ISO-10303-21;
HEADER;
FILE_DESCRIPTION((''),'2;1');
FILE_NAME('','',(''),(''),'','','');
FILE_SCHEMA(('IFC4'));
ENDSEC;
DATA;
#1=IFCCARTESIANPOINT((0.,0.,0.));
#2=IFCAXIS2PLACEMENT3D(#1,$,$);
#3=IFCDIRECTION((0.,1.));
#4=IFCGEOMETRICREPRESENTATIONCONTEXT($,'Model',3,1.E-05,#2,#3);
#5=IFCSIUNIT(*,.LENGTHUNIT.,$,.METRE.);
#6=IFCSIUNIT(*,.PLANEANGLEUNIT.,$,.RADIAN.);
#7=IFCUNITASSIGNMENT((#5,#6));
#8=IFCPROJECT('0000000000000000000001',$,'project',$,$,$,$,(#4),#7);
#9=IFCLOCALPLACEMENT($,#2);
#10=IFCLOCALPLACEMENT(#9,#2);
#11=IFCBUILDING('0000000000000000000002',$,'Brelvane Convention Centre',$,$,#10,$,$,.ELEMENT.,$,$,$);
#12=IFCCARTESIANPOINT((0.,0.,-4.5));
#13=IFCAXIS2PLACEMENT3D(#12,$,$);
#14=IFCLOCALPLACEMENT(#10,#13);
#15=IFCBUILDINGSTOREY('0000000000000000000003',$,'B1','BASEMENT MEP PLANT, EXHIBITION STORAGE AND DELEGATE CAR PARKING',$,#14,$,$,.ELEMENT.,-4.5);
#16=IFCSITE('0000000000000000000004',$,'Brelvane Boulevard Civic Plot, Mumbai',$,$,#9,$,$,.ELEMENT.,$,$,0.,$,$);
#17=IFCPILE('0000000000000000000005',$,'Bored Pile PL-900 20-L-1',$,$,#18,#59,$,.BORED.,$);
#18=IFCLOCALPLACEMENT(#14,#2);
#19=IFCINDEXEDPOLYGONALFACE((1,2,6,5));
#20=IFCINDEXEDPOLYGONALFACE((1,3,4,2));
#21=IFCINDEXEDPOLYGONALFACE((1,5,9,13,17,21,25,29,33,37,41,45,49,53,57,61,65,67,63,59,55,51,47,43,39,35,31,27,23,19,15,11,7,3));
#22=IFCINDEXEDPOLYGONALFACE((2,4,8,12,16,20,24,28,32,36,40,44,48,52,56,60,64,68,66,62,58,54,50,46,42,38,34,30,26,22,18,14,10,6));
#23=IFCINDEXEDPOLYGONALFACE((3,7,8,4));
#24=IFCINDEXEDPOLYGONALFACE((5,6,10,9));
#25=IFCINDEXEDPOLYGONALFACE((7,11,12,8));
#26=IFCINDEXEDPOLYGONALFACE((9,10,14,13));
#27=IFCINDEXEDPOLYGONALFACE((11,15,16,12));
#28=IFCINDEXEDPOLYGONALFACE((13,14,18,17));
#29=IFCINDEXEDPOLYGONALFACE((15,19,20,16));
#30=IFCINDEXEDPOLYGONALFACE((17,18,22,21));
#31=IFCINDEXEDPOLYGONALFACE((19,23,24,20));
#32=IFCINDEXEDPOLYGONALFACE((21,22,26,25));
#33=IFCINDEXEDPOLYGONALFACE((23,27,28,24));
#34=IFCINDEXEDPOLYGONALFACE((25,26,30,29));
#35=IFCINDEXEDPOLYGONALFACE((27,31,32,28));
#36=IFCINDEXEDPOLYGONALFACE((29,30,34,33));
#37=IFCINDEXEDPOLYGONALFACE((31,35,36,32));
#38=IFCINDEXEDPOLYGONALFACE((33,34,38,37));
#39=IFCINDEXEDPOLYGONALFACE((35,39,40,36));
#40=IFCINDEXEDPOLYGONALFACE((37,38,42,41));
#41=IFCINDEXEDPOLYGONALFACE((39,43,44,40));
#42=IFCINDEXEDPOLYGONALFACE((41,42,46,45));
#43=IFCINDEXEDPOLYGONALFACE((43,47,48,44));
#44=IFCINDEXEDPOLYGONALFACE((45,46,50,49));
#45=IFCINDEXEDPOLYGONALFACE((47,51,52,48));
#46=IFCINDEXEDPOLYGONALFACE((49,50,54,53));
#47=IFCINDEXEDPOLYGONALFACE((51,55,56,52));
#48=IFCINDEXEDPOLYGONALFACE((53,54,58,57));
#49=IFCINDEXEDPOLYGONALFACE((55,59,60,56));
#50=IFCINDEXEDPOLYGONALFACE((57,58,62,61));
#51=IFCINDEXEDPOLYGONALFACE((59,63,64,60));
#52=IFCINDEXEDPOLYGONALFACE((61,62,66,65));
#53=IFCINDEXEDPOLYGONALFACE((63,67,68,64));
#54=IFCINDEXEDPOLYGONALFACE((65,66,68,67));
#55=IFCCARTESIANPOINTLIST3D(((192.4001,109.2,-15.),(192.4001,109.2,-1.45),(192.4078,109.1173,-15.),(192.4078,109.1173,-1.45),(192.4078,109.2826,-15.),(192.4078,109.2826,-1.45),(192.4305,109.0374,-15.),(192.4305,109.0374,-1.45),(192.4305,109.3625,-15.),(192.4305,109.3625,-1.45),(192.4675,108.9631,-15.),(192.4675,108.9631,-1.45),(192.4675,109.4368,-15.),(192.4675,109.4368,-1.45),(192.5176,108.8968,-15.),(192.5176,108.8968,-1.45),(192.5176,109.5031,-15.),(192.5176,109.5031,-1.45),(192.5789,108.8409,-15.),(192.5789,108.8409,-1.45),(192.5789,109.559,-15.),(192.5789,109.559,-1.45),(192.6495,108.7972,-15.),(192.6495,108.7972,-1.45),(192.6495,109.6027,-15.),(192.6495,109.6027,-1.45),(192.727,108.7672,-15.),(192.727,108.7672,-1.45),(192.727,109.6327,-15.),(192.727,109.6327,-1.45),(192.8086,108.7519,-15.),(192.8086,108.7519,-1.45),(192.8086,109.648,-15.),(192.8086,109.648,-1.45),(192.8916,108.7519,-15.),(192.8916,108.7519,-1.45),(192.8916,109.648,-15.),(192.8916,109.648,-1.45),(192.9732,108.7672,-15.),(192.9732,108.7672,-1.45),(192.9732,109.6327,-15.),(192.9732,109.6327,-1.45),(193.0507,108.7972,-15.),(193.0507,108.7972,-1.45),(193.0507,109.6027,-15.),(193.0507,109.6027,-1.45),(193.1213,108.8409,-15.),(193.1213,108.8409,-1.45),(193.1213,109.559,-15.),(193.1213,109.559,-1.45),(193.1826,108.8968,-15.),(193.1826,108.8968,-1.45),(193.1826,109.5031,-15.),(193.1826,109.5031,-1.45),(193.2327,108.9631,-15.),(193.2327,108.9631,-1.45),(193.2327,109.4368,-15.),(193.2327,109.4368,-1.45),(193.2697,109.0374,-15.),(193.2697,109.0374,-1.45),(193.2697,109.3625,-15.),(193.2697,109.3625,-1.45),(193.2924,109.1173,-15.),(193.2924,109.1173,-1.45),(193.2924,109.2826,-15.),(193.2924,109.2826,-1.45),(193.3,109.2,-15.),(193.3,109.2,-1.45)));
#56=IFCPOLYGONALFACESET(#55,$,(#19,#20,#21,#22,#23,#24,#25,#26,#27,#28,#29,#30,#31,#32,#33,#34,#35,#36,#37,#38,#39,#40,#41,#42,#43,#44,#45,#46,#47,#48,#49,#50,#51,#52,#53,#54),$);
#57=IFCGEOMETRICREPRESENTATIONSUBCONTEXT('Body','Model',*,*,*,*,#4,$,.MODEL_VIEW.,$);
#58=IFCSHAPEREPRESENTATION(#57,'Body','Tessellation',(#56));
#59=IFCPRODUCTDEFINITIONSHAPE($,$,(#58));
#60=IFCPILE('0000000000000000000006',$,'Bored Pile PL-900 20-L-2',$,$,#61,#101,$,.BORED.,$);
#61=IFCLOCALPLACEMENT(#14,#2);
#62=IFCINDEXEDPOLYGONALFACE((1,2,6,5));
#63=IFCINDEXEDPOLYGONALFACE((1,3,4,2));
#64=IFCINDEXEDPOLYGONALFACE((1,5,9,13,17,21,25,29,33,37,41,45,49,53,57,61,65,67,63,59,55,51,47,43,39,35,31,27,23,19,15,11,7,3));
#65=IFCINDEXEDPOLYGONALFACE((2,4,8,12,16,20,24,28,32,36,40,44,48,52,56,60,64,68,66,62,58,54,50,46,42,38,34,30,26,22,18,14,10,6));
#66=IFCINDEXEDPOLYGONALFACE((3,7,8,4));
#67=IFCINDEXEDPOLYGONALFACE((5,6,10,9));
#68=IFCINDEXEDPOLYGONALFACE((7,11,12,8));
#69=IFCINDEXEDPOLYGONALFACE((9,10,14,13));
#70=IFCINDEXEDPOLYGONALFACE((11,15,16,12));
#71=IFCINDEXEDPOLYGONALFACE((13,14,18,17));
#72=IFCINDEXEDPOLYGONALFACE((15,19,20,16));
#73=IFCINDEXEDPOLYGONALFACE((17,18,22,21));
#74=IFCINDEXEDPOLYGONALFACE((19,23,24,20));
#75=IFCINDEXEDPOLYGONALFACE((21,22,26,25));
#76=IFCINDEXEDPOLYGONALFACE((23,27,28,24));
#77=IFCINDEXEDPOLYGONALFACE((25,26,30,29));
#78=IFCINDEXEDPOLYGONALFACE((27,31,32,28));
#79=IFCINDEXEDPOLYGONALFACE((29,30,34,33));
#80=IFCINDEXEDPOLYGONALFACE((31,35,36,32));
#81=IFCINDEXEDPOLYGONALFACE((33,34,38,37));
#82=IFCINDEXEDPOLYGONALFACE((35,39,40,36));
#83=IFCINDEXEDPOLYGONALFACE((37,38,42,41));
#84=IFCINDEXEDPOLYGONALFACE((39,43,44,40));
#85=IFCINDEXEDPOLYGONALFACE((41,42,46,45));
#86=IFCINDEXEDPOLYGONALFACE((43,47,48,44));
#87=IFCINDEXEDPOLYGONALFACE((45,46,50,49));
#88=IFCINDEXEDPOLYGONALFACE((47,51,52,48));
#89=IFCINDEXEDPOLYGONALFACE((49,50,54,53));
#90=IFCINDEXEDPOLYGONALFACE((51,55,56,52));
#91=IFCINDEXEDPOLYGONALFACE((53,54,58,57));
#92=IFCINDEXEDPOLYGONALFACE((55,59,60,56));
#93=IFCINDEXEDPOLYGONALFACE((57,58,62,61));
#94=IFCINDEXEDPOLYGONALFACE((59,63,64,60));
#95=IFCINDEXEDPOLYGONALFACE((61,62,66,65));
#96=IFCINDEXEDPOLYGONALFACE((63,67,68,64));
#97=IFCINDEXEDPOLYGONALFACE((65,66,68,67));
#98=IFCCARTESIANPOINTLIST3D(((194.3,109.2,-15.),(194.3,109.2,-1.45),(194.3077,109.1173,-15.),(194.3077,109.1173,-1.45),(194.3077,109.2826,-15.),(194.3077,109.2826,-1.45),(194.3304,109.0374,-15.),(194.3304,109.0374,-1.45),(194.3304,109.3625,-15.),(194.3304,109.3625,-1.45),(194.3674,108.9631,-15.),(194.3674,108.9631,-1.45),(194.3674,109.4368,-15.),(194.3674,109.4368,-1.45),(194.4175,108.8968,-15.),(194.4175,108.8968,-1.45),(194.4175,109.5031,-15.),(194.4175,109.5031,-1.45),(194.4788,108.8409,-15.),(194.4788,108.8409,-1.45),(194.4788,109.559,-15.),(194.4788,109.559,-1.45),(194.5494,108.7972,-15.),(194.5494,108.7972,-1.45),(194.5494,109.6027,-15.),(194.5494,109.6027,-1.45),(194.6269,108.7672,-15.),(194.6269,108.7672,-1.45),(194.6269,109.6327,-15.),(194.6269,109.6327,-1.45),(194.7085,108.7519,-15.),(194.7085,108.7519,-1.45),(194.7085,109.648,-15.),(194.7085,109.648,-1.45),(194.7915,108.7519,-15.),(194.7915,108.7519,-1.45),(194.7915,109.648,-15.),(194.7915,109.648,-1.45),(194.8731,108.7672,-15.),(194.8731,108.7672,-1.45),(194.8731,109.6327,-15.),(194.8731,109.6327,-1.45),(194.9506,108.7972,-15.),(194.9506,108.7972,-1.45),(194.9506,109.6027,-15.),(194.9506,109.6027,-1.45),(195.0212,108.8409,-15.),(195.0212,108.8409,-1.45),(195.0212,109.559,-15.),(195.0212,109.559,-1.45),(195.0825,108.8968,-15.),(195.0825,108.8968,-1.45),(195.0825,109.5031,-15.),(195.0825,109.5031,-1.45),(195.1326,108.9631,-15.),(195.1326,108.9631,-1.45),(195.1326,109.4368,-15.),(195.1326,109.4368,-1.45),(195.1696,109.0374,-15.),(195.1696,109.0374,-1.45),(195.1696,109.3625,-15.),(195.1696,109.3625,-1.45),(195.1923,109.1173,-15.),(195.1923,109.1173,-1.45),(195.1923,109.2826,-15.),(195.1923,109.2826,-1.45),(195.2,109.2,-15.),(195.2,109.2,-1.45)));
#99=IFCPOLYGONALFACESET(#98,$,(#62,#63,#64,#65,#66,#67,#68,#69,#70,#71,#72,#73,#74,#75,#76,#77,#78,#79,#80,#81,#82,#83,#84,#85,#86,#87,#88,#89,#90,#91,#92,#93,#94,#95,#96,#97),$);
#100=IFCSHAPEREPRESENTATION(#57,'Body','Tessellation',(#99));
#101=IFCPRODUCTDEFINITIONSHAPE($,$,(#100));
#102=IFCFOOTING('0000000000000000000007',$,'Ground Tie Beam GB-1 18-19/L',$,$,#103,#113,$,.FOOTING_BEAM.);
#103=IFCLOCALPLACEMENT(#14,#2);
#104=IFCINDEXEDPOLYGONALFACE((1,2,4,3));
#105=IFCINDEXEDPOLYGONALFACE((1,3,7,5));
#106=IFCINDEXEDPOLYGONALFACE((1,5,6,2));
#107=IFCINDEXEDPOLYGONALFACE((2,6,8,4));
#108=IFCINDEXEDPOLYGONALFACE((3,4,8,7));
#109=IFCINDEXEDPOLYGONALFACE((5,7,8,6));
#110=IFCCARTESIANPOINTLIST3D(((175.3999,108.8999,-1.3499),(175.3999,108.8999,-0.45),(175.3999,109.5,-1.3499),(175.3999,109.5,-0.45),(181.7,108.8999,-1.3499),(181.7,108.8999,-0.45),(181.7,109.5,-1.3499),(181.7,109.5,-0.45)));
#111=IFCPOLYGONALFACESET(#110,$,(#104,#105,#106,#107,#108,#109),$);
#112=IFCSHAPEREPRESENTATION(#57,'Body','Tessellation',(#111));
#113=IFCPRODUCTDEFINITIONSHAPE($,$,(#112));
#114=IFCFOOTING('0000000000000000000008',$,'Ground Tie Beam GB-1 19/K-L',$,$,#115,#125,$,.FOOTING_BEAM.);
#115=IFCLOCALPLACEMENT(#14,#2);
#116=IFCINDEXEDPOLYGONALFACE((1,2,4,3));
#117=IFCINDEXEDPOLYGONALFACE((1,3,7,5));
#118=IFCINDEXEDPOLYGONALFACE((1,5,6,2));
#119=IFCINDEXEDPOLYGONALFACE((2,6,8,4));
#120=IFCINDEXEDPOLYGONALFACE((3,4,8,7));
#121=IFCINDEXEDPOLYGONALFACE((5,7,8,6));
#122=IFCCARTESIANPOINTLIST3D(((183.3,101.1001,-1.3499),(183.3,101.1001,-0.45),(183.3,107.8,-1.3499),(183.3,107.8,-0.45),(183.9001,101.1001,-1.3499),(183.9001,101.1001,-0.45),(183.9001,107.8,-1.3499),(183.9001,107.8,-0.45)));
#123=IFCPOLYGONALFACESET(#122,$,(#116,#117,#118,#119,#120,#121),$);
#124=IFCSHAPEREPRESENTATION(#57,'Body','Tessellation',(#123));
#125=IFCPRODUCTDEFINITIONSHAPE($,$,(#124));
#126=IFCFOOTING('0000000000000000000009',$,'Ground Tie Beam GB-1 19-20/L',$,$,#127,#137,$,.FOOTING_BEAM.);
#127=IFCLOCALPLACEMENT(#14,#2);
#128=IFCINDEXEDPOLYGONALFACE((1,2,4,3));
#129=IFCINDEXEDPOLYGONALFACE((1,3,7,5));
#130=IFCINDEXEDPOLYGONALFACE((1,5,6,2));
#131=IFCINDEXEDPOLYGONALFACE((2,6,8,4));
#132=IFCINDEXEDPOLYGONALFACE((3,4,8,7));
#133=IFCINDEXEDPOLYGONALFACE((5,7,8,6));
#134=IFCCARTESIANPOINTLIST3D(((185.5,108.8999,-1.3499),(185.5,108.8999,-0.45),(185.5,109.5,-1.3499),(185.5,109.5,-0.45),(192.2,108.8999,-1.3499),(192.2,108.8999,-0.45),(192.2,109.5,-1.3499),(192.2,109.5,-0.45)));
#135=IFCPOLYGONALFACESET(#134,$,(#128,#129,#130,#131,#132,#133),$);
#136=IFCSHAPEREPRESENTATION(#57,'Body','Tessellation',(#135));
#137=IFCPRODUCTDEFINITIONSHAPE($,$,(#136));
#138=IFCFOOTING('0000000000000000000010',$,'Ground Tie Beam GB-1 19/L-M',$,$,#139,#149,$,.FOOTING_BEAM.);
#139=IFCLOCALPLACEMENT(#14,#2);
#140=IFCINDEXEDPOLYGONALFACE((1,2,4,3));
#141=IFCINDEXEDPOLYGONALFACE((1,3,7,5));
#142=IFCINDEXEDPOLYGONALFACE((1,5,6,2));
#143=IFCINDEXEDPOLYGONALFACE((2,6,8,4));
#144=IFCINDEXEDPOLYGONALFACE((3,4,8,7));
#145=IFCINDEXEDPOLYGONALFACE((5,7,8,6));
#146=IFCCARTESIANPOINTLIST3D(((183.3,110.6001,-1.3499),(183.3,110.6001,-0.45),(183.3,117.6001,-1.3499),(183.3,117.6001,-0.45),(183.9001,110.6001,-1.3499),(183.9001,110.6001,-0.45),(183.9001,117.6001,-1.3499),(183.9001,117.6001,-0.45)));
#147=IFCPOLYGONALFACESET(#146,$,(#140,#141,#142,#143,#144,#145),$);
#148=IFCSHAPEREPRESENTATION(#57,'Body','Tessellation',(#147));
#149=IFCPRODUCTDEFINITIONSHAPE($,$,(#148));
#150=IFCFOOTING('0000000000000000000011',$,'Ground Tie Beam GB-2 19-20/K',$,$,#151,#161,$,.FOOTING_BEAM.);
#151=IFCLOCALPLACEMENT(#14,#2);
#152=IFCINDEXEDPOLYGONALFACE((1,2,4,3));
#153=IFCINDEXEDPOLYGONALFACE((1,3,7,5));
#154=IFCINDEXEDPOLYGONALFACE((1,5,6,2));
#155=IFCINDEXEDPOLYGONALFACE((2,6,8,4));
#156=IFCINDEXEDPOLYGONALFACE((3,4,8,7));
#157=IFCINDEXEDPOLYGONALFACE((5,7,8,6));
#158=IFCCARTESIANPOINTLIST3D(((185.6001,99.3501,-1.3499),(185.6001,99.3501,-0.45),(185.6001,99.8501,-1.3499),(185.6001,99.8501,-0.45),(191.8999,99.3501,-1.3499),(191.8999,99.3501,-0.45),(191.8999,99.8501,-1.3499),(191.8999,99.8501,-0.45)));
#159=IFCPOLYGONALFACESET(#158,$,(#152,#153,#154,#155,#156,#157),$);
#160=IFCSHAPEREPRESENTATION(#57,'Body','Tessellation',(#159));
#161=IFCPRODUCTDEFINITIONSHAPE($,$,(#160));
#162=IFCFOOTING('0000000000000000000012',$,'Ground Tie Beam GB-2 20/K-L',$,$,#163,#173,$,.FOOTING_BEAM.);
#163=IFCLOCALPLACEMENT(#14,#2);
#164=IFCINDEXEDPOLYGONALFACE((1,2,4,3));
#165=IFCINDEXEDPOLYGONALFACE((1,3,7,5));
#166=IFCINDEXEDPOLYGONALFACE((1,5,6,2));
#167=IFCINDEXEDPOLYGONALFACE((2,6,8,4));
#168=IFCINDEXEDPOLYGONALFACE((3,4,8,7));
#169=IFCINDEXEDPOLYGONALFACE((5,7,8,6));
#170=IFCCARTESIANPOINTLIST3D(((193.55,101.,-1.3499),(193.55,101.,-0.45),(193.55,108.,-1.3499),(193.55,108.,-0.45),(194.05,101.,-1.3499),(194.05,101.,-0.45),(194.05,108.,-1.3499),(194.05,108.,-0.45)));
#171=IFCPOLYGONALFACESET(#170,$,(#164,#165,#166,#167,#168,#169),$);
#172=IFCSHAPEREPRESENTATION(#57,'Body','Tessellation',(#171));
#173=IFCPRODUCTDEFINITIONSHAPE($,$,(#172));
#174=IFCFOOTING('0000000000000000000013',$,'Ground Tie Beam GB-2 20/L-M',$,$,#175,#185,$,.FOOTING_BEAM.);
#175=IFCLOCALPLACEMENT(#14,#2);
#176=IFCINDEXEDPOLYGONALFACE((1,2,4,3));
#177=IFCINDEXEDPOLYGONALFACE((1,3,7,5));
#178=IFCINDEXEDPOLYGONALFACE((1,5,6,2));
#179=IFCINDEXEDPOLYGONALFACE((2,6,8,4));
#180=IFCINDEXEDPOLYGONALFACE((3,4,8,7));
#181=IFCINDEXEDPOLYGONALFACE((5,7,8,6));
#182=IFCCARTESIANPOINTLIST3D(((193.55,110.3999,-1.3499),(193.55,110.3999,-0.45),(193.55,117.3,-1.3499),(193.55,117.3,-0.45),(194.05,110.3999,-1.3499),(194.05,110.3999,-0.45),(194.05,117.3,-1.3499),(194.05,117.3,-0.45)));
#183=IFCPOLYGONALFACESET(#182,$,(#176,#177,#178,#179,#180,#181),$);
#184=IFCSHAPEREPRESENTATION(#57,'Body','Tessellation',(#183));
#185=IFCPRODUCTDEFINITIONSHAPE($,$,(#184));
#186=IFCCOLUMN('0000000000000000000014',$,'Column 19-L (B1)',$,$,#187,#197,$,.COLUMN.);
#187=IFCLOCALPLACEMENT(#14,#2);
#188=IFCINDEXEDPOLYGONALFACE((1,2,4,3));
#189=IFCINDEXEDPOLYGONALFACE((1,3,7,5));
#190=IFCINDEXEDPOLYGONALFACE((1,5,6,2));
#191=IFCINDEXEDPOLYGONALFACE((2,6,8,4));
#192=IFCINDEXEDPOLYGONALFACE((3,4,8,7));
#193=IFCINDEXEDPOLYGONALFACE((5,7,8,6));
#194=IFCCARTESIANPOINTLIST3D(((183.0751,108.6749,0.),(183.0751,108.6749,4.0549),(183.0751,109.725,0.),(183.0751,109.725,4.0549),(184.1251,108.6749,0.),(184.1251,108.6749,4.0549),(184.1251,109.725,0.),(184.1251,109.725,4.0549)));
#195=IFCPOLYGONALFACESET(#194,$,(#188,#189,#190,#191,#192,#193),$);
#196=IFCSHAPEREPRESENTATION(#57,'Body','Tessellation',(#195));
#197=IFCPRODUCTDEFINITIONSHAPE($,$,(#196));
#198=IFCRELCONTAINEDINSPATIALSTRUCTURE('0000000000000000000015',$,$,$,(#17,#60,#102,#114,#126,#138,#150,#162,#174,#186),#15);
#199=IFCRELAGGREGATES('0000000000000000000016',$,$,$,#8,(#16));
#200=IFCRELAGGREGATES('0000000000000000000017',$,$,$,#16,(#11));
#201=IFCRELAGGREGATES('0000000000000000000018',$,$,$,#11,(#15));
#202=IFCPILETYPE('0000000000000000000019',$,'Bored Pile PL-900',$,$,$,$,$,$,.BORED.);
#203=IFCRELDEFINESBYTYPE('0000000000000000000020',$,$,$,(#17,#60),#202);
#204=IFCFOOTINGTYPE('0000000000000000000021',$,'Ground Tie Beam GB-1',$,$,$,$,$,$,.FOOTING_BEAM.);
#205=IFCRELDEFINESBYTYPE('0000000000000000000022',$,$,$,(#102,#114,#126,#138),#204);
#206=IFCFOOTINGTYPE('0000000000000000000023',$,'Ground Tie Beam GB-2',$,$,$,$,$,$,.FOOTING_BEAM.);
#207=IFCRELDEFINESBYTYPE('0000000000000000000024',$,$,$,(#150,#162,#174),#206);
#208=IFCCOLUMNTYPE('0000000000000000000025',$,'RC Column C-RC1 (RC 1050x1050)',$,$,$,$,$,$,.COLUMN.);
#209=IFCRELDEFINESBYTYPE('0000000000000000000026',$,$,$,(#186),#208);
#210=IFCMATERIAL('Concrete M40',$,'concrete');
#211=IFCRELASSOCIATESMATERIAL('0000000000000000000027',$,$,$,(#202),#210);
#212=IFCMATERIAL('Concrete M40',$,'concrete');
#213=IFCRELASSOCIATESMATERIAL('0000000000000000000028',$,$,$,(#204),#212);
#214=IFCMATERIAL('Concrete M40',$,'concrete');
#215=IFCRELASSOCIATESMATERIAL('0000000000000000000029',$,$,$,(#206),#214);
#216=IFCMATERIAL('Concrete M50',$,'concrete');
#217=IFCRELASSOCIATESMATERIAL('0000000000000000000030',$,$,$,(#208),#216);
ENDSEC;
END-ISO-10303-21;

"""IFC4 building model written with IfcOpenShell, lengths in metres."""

from ifc_helpers import new_model, si_unit, direction, frame, origin, origin_2d, place, context, subcontext, project, spatial, rectangle, circle, extrude, material, material_profile, profile_set, type_object, element, save


model = new_model("IFC4")

# Units and contexts
model_context = context("Model", 3, precision=1e-05, world=origin(), true_north=direction((0.0, 1.0)))
body_context = subcontext(model_context, "Body", "Model", "MODEL_VIEW")
ifc_project = project(units=[si_unit("LENGTHUNIT", "METRE"), si_unit("PLANEANGLEUNIT", "RADIAN")], contexts=[model_context])

# Site, building, storey
site_placement = place(None, origin())
site = spatial("IfcSite", under=ifc_project, at=site_placement, Name="Brelvane Boulevard Civic Plot, Mumbai", CompositionType="ELEMENT", RefElevation=0.0)
building_placement = place(site_placement, origin())
building = spatial("IfcBuilding", under=site, at=building_placement, Name="Brelvane Convention Centre", CompositionType="ELEMENT")
storey_placement = place(building_placement, frame((0.0, 0.0, -4.5)))
storey = spatial("IfcBuildingStorey", under=building, at=storey_placement, Name="B1", Description="BASEMENT MEP PLANT, EXHIBITION STORAGE AND DELEGATE CAR PARKING", CompositionType="ELEMENT", Elevation=-4.5)

# Piles
ifc_material_1 = material(Name="Concrete M40", Category="concrete")
ifc_material_profile_1 = material_profile(ifc_material_1, circle(Radius=0.45, at=origin_2d()), Name="PILE D900")
ifc_profile_set_1 = profile_set([ifc_material_profile_1], Name="Concrete M40")
pile_type = type_object("IfcPileType", Name="Bored Pile PL-900", PredefinedType="BORED", material=ifc_profile_set_1)
for number, where, z_axis, x_axis, name in (
    (1, (192.8501, 109.2, -1.45), (0.0, 0.0, -1.0), (1.0, 0.0, 0.0), "Bored Pile PL-900 20-L-1"),
    (2, (194.75, 109.2, -1.45), (0.0, 0.0, -1.0), (1.0, 0.0, 0.0), "Bored Pile PL-900 20-L-2"),
):
    element("IfcPile", number, at=place(storey_placement, frame(where, z_axis=z_axis, x_axis=x_axis)), inside=storey, type_object=pile_type, Name=name, PredefinedType="BORED", context=body_context, shape_type="SweptSolid", body=[
        extrude(circle(Radius=0.45, at=origin_2d()), origin(), (0.0, 0.0, 1.0), 13.55),
    ])

# Footings
ifc_material_2 = material(Name="Concrete M40", Category="concrete")
ifc_material_profile_2 = material_profile(ifc_material_2, rectangle(XDim=0.6001, YDim=0.8999, at=origin_2d()), Name="RC 600x900")
ifc_profile_set_2 = profile_set([ifc_material_profile_2], Name="Concrete M40")
footing_type_1 = type_object("IfcFootingType", Name="Ground Tie Beam GB-1", PredefinedType="FOOTING_BEAM", material=ifc_profile_set_2)
footing_1_placement = place(storey_placement, frame((175.3999, 109.2, -0.8999), z_axis=(1.0, 0.0, 0.0), x_axis=(0.0, 1.0, 0.0)))
element("IfcFooting", 3, at=footing_1_placement, inside=storey, type_object=footing_type_1, Name="Ground Tie Beam GB-1 18-19/L", PredefinedType="FOOTING_BEAM", context=body_context, shape_type="SweptSolid", body=[
    extrude(rectangle(XDim=0.6001, YDim=0.8999, at=origin_2d()), origin(), (0.0, 0.0, 1.0), 6.3),
])
for number, where, z_axis, x_axis, name in (
    (4, (183.6001, 101.1001, -0.8999), (0.0, 1.0, 0.0), (-1.0, 0.0, 0.0), "Ground Tie Beam GB-1 19/K-L"),
    (5, (185.5, 109.2, -0.8999), (1.0, 0.0, 0.0), (0.0, 1.0, 0.0), "Ground Tie Beam GB-1 19-20/L"),
):
    element("IfcFooting", number, at=place(storey_placement, frame(where, z_axis=z_axis, x_axis=x_axis)), inside=storey, type_object=footing_type_1, Name=name, PredefinedType="FOOTING_BEAM", context=body_context, shape_type="SweptSolid", body=[
        extrude(rectangle(XDim=0.6001, YDim=0.8999, at=origin_2d()), origin(), (0.0, 0.0, 1.0), 6.7),
    ])
footing_2_placement = place(storey_placement, frame((183.6001, 110.6001, -0.8999), z_axis=(0.0, 1.0, 0.0), x_axis=(-1.0, 0.0, 0.0)))
element("IfcFooting", 6, at=footing_2_placement, inside=storey, type_object=footing_type_1, Name="Ground Tie Beam GB-1 19/L-M", PredefinedType="FOOTING_BEAM", context=body_context, shape_type="SweptSolid", body=[
    extrude(rectangle(XDim=0.6001, YDim=0.8999, at=origin_2d()), origin(), (0.0, 0.0, 1.0), 7.0),
])
ifc_material_3 = material(Name="Concrete M40", Category="concrete")
ifc_material_profile_3 = material_profile(ifc_material_3, rectangle(XDim=0.5, YDim=0.8999, at=origin_2d()), Name="RC 500x900")
ifc_profile_set_3 = profile_set([ifc_material_profile_3], Name="Concrete M40")
footing_type_2 = type_object("IfcFootingType", Name="Ground Tie Beam GB-2", PredefinedType="FOOTING_BEAM", material=ifc_profile_set_3)
footing_3_placement = place(storey_placement, frame((185.6001, 99.6001, -0.8999), z_axis=(1.0, 0.0, 0.0), x_axis=(0.0, 1.0, 0.0)))
element("IfcFooting", 7, at=footing_3_placement, inside=storey, type_object=footing_type_2, Name="Ground Tie Beam GB-2 19-20/K", PredefinedType="FOOTING_BEAM", context=body_context, shape_type="SweptSolid", body=[
    extrude(rectangle(XDim=0.5, YDim=0.8999, at=origin_2d()), origin(), (0.0, 0.0, 1.0), 6.2998),
])
footing_4_placement = place(storey_placement, frame((193.8, 101.0, -0.8999), z_axis=(0.0, 1.0, 0.0), x_axis=(-1.0, 0.0, 0.0)))
element("IfcFooting", 8, at=footing_4_placement, inside=storey, type_object=footing_type_2, Name="Ground Tie Beam GB-2 20/K-L", PredefinedType="FOOTING_BEAM", context=body_context, shape_type="SweptSolid", body=[
    extrude(rectangle(XDim=0.5, YDim=0.8999, at=origin_2d()), origin(), (0.0, 0.0, 1.0), 7.0),
])
footing_5_placement = place(storey_placement, frame((193.8, 110.3999, -0.8999), z_axis=(0.0, 1.0, 0.0), x_axis=(-1.0, 0.0, 0.0)))
element("IfcFooting", 9, at=footing_5_placement, inside=storey, type_object=footing_type_2, Name="Ground Tie Beam GB-2 20/L-M", PredefinedType="FOOTING_BEAM", context=body_context, shape_type="SweptSolid", body=[
    extrude(rectangle(XDim=0.5, YDim=0.8999, at=origin_2d()), origin(), (0.0, 0.0, 1.0), 6.9001),
])

# Column
ifc_material_4 = material(Name="Concrete M50", Category="concrete")
ifc_material_profile_4 = material_profile(ifc_material_4, rectangle(XDim=1.05, YDim=1.05, at=origin_2d()), Name="RC 1050x1050")
ifc_profile_set_4 = profile_set([ifc_material_profile_4], Name="Concrete M50")
column_type_1 = type_object("IfcColumnType", Name="RC Column C-RC1 (RC 1050x1050)", PredefinedType="COLUMN", material=ifc_profile_set_4)
column_1_placement = place(storey_placement, frame((183.6001, 109.2, 0.0), z_axis=(0.0, 0.0, 1.0), x_axis=(1.0, 0.0, 0.0)))
element("IfcColumn", 10, at=column_1_placement, inside=storey, type_object=column_type_1, Name="Column 19-L (B1)", PredefinedType="COLUMN", context=body_context, shape_type="SweptSolid", body=[
    extrude(rectangle(XDim=1.05, YDim=1.05, at=origin_2d()), origin(), (0.0, 0.0, 1.0), 4.0549),
])

save(model, "model.ifc")
